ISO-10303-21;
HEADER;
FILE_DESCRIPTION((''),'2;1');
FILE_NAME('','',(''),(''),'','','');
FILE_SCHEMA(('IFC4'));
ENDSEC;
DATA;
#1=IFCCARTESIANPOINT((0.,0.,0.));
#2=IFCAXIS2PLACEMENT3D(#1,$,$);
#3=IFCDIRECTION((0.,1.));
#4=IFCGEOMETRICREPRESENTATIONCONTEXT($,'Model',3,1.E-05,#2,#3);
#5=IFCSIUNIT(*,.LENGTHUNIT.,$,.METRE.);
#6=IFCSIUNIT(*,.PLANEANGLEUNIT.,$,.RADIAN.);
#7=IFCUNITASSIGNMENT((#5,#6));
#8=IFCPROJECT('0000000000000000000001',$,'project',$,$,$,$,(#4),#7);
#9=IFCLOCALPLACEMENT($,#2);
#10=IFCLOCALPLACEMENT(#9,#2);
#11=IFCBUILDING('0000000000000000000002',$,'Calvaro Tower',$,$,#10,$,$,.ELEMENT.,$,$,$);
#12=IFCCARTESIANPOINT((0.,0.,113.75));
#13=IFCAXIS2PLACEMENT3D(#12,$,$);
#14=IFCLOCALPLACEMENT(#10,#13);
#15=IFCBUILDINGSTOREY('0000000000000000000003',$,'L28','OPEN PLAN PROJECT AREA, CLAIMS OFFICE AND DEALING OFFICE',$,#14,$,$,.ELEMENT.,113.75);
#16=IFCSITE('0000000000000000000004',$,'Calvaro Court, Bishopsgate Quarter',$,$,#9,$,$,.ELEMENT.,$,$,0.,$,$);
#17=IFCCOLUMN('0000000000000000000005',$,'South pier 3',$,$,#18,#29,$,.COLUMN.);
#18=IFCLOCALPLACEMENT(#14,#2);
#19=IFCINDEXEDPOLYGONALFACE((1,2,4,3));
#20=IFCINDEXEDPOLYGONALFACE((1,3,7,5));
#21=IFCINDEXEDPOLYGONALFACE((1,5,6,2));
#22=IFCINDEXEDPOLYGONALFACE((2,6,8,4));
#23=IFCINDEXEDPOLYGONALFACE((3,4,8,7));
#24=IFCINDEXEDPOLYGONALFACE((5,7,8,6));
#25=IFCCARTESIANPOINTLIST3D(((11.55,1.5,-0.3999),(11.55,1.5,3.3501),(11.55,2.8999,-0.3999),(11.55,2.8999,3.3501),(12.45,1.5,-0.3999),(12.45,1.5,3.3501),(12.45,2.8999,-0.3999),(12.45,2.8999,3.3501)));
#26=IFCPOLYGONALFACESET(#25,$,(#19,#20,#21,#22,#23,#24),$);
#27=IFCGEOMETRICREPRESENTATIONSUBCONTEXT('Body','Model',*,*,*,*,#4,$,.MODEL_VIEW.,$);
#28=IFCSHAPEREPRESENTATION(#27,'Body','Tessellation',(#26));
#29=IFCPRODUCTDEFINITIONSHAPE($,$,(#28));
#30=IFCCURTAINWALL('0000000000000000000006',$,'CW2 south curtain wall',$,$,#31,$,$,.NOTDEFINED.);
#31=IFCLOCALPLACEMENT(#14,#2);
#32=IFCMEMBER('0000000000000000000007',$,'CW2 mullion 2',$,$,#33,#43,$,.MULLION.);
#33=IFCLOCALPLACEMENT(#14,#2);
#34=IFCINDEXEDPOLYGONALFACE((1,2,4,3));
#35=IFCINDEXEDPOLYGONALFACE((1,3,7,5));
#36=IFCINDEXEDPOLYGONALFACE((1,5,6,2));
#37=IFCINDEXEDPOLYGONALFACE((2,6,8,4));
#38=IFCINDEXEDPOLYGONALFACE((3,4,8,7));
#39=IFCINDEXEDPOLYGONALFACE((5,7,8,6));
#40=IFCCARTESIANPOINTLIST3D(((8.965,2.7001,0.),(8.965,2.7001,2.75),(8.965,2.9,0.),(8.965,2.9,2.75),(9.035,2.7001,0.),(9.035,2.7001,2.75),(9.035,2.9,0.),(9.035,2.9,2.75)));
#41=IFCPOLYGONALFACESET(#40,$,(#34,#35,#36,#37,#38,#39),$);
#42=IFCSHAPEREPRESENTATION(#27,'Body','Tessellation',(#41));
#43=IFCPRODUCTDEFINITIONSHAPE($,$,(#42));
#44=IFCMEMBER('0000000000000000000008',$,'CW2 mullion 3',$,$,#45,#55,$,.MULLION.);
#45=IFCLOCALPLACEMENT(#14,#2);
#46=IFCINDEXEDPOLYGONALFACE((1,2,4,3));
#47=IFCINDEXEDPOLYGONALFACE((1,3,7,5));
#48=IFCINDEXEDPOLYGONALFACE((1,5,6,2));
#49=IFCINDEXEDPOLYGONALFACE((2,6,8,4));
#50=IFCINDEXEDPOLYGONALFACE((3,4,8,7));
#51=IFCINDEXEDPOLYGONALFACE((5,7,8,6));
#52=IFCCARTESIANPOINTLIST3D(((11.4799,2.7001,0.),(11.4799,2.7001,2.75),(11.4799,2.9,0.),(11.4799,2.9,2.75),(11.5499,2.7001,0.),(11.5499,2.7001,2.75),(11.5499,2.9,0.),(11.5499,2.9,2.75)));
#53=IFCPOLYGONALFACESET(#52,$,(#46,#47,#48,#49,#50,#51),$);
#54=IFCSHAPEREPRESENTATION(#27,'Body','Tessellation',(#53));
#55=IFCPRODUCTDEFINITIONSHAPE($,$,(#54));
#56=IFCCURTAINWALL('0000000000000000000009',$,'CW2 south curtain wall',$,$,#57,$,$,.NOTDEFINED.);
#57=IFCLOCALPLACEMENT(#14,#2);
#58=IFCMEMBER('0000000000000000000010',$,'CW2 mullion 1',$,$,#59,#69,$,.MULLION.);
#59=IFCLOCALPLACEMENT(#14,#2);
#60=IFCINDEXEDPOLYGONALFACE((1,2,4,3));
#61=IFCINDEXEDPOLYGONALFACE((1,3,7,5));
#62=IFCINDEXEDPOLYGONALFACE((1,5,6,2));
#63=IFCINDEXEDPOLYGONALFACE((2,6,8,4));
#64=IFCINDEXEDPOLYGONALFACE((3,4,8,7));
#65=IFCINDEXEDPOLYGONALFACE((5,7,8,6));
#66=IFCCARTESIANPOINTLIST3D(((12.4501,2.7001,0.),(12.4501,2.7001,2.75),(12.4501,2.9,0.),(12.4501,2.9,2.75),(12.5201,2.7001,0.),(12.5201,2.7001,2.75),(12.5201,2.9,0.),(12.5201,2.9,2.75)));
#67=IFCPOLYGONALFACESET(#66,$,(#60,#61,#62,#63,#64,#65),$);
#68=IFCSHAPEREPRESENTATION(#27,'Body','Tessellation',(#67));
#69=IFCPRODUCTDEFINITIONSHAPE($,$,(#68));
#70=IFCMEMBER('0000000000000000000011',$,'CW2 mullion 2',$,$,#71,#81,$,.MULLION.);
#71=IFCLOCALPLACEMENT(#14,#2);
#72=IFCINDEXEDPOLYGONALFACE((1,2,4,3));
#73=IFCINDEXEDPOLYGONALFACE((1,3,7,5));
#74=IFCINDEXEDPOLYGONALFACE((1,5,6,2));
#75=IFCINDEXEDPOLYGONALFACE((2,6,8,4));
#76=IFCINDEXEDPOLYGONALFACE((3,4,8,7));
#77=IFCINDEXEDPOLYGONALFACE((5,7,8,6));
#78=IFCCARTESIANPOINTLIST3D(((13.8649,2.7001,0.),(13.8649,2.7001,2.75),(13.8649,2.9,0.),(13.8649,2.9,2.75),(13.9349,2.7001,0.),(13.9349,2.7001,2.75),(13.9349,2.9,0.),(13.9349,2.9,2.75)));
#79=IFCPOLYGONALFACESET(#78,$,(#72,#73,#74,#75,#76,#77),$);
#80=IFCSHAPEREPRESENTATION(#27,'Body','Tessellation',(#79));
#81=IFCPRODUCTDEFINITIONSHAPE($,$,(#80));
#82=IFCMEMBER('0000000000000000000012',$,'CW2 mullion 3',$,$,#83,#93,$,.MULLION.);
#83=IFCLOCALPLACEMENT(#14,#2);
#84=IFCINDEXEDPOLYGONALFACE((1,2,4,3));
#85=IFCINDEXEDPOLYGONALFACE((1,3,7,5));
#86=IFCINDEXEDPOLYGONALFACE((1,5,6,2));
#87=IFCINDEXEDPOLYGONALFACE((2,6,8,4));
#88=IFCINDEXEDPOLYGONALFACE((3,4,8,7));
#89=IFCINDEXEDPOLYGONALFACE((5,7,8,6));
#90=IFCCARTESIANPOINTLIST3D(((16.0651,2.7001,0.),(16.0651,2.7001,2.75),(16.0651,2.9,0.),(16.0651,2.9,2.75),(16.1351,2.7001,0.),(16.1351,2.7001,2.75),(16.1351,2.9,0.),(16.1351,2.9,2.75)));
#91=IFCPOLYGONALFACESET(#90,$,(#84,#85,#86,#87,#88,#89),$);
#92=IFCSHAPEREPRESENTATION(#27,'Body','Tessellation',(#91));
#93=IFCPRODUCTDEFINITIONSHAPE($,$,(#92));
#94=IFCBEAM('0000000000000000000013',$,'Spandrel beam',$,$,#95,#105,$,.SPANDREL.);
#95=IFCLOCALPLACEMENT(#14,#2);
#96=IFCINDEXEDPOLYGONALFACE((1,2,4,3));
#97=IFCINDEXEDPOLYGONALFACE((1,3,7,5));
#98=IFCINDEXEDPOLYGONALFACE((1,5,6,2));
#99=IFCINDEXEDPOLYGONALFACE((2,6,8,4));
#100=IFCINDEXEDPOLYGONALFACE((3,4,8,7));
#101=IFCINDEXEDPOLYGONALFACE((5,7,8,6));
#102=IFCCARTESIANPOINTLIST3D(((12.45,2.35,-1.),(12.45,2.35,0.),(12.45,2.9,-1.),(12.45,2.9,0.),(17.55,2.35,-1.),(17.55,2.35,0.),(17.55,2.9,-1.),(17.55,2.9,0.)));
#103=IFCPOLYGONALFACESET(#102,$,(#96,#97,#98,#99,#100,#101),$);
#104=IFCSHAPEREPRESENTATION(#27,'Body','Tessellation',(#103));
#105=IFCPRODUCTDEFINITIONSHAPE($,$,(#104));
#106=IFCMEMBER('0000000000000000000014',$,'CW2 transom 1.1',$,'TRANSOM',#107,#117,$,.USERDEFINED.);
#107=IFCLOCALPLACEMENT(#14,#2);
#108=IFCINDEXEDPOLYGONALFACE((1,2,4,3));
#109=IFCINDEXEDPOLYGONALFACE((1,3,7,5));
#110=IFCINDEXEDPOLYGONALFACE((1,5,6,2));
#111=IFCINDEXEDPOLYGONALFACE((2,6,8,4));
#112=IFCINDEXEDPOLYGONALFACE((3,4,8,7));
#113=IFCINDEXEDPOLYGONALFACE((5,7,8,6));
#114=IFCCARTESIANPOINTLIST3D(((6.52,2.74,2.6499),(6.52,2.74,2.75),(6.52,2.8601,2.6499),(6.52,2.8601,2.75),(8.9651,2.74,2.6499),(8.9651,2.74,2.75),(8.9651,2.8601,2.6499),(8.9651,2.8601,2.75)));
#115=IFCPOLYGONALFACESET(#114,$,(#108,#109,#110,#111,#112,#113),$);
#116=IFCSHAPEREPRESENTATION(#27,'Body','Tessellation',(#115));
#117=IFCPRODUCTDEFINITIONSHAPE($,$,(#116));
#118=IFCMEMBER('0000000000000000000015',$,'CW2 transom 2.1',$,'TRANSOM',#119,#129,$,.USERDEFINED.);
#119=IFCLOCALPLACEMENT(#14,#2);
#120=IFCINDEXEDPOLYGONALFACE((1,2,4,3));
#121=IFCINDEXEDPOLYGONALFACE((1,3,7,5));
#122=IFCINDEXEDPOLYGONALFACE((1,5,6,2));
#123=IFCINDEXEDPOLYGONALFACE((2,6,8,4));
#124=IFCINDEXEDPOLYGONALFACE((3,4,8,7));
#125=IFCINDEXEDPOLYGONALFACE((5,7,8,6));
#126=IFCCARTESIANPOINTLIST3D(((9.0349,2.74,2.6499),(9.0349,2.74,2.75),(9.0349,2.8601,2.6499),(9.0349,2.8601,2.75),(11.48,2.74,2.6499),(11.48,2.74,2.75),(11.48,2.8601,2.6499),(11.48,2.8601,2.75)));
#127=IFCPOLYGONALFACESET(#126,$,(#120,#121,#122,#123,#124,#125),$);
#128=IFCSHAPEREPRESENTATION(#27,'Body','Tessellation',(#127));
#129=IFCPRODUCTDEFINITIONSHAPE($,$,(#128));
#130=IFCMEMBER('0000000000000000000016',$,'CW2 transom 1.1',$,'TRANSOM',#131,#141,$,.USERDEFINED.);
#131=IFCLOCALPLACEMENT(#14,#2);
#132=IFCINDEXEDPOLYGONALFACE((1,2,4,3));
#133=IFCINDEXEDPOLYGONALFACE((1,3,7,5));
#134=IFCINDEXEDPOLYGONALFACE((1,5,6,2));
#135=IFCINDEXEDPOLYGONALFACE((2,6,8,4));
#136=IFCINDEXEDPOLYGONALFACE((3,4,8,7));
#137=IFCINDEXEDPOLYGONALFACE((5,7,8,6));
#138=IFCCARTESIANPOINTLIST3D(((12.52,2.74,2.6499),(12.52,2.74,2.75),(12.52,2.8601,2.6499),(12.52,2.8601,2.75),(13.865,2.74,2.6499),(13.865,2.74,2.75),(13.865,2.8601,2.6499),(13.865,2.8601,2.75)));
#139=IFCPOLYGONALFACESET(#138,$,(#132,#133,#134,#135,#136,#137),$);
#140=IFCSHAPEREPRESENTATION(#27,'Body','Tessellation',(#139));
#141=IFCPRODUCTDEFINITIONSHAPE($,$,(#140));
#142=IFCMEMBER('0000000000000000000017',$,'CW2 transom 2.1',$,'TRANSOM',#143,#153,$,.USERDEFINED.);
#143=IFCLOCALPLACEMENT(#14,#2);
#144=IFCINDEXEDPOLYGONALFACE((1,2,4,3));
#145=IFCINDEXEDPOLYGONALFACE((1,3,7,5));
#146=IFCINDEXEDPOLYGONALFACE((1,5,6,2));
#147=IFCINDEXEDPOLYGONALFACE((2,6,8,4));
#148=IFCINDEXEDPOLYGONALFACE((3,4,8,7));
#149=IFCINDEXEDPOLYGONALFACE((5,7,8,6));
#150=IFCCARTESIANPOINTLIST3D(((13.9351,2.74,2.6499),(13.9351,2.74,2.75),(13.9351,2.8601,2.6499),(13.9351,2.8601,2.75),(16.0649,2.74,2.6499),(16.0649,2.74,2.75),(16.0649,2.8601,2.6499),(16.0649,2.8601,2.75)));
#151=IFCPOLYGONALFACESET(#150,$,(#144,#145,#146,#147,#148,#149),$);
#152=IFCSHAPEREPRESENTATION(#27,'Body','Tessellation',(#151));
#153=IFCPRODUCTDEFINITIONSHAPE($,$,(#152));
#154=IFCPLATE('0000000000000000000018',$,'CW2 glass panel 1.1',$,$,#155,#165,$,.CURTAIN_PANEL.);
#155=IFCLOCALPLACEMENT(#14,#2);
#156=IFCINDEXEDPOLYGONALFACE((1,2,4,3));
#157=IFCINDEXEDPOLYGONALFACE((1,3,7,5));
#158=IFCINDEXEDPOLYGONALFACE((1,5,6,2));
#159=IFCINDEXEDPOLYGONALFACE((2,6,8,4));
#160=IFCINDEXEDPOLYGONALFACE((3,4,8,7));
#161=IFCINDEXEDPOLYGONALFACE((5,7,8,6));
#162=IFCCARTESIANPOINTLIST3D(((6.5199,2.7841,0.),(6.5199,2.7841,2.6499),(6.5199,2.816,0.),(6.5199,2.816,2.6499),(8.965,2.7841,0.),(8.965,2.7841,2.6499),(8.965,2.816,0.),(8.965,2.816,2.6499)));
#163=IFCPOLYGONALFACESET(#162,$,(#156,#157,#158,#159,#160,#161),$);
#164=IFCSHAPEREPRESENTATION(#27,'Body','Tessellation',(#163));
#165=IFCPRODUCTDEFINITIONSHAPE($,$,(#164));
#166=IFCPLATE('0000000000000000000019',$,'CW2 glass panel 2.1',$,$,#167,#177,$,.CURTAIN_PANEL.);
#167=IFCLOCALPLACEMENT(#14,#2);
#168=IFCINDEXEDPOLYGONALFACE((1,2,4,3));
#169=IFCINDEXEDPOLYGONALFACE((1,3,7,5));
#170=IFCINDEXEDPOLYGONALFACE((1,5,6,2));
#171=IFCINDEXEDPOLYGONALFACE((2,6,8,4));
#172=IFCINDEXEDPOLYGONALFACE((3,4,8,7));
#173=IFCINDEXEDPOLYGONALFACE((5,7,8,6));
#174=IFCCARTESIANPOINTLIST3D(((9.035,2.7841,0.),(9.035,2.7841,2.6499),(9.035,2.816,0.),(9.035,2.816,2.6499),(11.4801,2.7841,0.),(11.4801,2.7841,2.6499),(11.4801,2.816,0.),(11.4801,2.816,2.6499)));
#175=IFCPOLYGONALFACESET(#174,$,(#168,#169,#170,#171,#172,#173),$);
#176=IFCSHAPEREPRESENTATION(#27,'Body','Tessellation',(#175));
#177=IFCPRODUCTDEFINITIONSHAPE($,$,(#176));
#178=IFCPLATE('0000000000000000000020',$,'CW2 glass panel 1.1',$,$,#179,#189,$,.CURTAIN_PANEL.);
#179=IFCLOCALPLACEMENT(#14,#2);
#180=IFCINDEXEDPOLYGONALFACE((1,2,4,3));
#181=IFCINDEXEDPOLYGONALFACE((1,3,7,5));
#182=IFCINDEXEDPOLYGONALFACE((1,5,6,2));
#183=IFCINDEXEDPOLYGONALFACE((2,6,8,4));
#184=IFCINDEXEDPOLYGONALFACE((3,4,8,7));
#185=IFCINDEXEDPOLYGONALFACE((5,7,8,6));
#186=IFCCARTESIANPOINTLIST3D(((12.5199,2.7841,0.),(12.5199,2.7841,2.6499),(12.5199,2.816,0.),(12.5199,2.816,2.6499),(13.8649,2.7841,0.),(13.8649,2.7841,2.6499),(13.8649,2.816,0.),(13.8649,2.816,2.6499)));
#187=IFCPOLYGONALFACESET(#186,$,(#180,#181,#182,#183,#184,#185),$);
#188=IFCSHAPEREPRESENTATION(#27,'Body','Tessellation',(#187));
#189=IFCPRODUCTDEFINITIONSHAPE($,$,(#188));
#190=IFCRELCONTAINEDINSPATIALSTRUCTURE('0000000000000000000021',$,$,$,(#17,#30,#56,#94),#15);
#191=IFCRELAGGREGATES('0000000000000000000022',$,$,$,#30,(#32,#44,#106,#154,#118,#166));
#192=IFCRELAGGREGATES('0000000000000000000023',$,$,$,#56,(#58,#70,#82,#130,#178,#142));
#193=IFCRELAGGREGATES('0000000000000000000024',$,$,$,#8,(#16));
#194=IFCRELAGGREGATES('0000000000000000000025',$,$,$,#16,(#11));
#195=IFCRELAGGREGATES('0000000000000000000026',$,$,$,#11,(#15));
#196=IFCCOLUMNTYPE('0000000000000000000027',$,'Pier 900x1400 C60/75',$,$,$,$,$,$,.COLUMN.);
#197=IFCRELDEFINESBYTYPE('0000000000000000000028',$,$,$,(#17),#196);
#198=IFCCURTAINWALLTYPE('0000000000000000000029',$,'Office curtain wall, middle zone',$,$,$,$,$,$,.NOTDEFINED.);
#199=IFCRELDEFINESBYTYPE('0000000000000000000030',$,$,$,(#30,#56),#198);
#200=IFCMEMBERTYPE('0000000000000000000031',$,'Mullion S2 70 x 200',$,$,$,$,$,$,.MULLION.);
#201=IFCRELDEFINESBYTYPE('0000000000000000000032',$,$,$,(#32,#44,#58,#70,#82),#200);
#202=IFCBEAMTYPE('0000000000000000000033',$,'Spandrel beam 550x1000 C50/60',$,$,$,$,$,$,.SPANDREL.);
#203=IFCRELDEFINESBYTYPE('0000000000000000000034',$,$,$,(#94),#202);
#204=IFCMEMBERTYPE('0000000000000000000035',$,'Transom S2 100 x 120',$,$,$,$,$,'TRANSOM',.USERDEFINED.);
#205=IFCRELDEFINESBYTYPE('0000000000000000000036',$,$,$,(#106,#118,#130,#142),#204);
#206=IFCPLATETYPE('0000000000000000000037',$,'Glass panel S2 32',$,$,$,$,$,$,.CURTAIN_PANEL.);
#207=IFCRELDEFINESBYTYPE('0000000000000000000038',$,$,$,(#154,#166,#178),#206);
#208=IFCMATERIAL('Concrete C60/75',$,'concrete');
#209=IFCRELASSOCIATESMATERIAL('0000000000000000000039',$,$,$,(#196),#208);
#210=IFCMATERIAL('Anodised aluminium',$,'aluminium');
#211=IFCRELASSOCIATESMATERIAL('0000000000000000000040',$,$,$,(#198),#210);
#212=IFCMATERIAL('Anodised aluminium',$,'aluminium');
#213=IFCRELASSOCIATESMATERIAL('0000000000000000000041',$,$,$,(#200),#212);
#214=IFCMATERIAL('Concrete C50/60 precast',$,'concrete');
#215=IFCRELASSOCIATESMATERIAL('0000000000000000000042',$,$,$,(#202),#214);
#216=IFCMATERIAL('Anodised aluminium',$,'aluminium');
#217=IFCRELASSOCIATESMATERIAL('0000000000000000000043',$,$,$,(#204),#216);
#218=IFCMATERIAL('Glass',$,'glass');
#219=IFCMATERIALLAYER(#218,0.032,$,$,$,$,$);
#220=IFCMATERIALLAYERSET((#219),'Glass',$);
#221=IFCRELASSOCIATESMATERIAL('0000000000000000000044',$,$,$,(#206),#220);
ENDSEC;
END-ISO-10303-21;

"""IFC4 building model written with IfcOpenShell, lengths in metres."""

from ifc_helpers import new_model, si_unit, direction, frame, origin, origin_2d, place, context, subcontext, project, spatial, rectangle, extrude, material, layer, layer_set, material_profile, profile_set, type_object, element, aggregate, save


model = new_model("IFC4")

# Units and contexts
model_context = context("Model", 3, precision=1e-05, world=origin(), true_north=direction((0.0, 1.0)))
body_context = subcontext(model_context, "Body", "Model", "MODEL_VIEW")
ifc_project = project(units=[si_unit("LENGTHUNIT", "METRE"), si_unit("PLANEANGLEUNIT", "RADIAN")], contexts=[model_context])

# Site, building, storey
site_placement = place(None, origin())
site = spatial("IfcSite", under=ifc_project, at=site_placement, Name="Calvaro Court, Bishopsgate Quarter", CompositionType="ELEMENT", RefElevation=0.0)
building_placement = place(site_placement, origin())
building = spatial("IfcBuilding", under=site, at=building_placement, Name="Calvaro Tower", CompositionType="ELEMENT")
storey_placement = place(building_placement, frame((0.0, 0.0, 113.75)))
storey = spatial("IfcBuildingStorey", under=building, at=storey_placement, Name="L28", Description="OPEN PLAN PROJECT AREA, CLAIMS OFFICE AND DEALING OFFICE", CompositionType="ELEMENT", Elevation=113.75)

# Column
ifc_material_1 = material(Name="Concrete C60/75", Category="concrete")
ifc_material_profile_1 = material_profile(ifc_material_1, rectangle(XDim=0.8999, YDim=1.3999, at=origin_2d()), Name="RC 900x1400")
ifc_profile_set_1 = profile_set([ifc_material_profile_1], Name="Concrete C60/75")
column_type = type_object("IfcColumnType", Name="Pier 900x1400 C60/75", PredefinedType="COLUMN", material=ifc_profile_set_1)
column_placement = place(storey_placement, frame((12.0, 2.2, -0.3999), z_axis=(0.0, 0.0, 1.0), x_axis=(1.0, 0.0, 0.0)))
element("IfcColumn", 1, at=column_placement, inside=storey, type_object=column_type, Name="South pier 3", PredefinedType="COLUMN", context=body_context, shape_type="SweptSolid", body=[
    extrude(rectangle(XDim=0.8999, YDim=1.3999, at=origin_2d()), origin(), (0.0, 0.0, 1.0), 3.75),
])

# Curtain walls, members
ifc_material_2 = material(Name="Anodised aluminium", Category="aluminium")
curtain_wall_type = type_object("IfcCurtainWallType", Name="Office curtain wall, middle zone", PredefinedType="NOTDEFINED", material=ifc_material_2)
curtain_wall_1_placement = place(storey_placement, origin())
curtain_wall_1 = element("IfcCurtainWall", 2, at=curtain_wall_1_placement, inside=storey, type_object=curtain_wall_type, Name="CW2 south curtain wall", PredefinedType="NOTDEFINED")
ifc_material_3 = material(Name="Anodised aluminium", Category="aluminium")
ifc_material_profile_2 = material_profile(ifc_material_3, rectangle(XDim=0.2, YDim=0.0701, at=origin_2d()), Name="Mullion S2 70 x 200")
ifc_profile_set_2 = profile_set([ifc_material_profile_2], Name="Anodised aluminium")
member_type_1 = type_object("IfcMemberType", Name="Mullion S2 70 x 200", PredefinedType="MULLION", material=ifc_profile_set_2)
member_1_placement = place(storey_placement, frame((9.0, 2.8, 0.0), z_axis=(0.0, 0.0, 1.0), x_axis=(0.0, 1.0, 0.0)))
member_1 = element("IfcMember", 3, at=member_1_placement, type_object=member_type_1, Name="CW2 mullion 2", PredefinedType="MULLION", context=body_context, shape_type="SweptSolid", body=[
    extrude(rectangle(XDim=0.2, YDim=0.0701, at=origin_2d()), origin(), (0.0, 0.0, 1.0), 2.75),
])
member_2_placement = place(storey_placement, frame((11.5149, 2.8, 0.0), z_axis=(0.0, 0.0, 1.0), x_axis=(0.0, 1.0, 0.0)))
member_2 = element("IfcMember", 4, at=member_2_placement, type_object=member_type_1, Name="CW2 mullion 3", PredefinedType="MULLION", context=body_context, shape_type="SweptSolid", body=[
    extrude(rectangle(XDim=0.2, YDim=0.0701, at=origin_2d()), origin(), (0.0, 0.0, 1.0), 2.75),
])
curtain_wall_2_placement = place(storey_placement, origin())
curtain_wall_2 = element("IfcCurtainWall", 5, at=curtain_wall_2_placement, inside=storey, type_object=curtain_wall_type, Name="CW2 south curtain wall", PredefinedType="NOTDEFINED")
member_3_placement = place(storey_placement, frame((12.4851, 2.8, 0.0), z_axis=(0.0, 0.0, 1.0), x_axis=(0.0, 1.0, 0.0)))
member_3 = element("IfcMember", 6, at=member_3_placement, type_object=member_type_1, Name="CW2 mullion 1", PredefinedType="MULLION", context=body_context, shape_type="SweptSolid", body=[
    extrude(rectangle(XDim=0.2, YDim=0.0701, at=origin_2d()), origin(), (0.0, 0.0, 1.0), 2.75),
])
member_4_placement = place(storey_placement, frame((13.8999, 2.8, 0.0), z_axis=(0.0, 0.0, 1.0), x_axis=(0.0, 1.0, 0.0)))
member_4 = element("IfcMember", 7, at=member_4_placement, type_object=member_type_1, Name="CW2 mullion 2", PredefinedType="MULLION", context=body_context, shape_type="SweptSolid", body=[
    extrude(rectangle(XDim=0.2, YDim=0.0701, at=origin_2d()), origin(), (0.0, 0.0, 1.0), 2.75),
])
member_5_placement = place(storey_placement, frame((16.1001, 2.8, 0.0), z_axis=(0.0, 0.0, 1.0), x_axis=(0.0, 1.0, 0.0)))
member_5 = element("IfcMember", 8, at=member_5_placement, type_object=member_type_1, Name="CW2 mullion 3", PredefinedType="MULLION", context=body_context, shape_type="SweptSolid", body=[
    extrude(rectangle(XDim=0.2, YDim=0.0701, at=origin_2d()), origin(), (0.0, 0.0, 1.0), 2.75),
])

# Beam
ifc_material_4 = material(Name="Concrete C50/60 precast", Category="concrete")
ifc_material_profile_3 = material_profile(ifc_material_4, rectangle(XDim=0.55, YDim=1.0, at=origin_2d()), Name="RC 550x1000")
ifc_profile_set_3 = profile_set([ifc_material_profile_3], Name="Concrete C50/60 precast")
beam_type = type_object("IfcBeamType", Name="Spandrel beam 550x1000 C50/60", PredefinedType="SPANDREL", material=ifc_profile_set_3)
beam_placement = place(storey_placement, frame((12.45, 2.625, -0.5), z_axis=(1.0, 0.0, 0.0), x_axis=(0.0, 1.0, 0.0)))
element("IfcBeam", 9, at=beam_placement, inside=storey, type_object=beam_type, Name="Spandrel beam", PredefinedType="SPANDREL", context=body_context, shape_type="SweptSolid", body=[
    extrude(rectangle(XDim=0.55, YDim=1.0, at=origin_2d()), origin(), (0.0, 0.0, 1.0), 5.1001),
])

# Members
ifc_material_5 = material(Name="Anodised aluminium", Category="aluminium")
ifc_material_profile_4 = material_profile(ifc_material_5, rectangle(XDim=0.1201, YDim=0.1001, at=origin_2d()), Name="Transom S2 100 x 120")
ifc_profile_set_4 = profile_set([ifc_material_profile_4], Name="Anodised aluminium")
member_type_2 = type_object("IfcMemberType", Name="Transom S2 100 x 120", ElementType="TRANSOM", PredefinedType="USERDEFINED", material=ifc_profile_set_4)
member_6_placement = place(storey_placement, frame((6.52, 2.8, 2.7), z_axis=(1.0, 0.0, 0.0), x_axis=(0.0, 1.0, 0.0)))
member_6 = element("IfcMember", 10, at=member_6_placement, type_object=member_type_2, Name="CW2 transom 1.1", ObjectType="TRANSOM", PredefinedType="USERDEFINED", context=body_context, shape_type="SweptSolid", body=[
    extrude(rectangle(XDim=0.1201, YDim=0.1001, at=origin_2d()), origin(), (0.0, 0.0, 1.0), 2.4451),
])
member_7_placement = place(storey_placement, frame((9.0349, 2.8, 2.7), z_axis=(1.0, 0.0, 0.0), x_axis=(0.0, 1.0, 0.0)))
member_7 = element("IfcMember", 11, at=member_7_placement, type_object=member_type_2, Name="CW2 transom 2.1", ObjectType="TRANSOM", PredefinedType="USERDEFINED", context=body_context, shape_type="SweptSolid", body=[
    extrude(rectangle(XDim=0.1201, YDim=0.1001, at=origin_2d()), origin(), (0.0, 0.0, 1.0), 2.4451),
])
member_8_placement = place(storey_placement, frame((12.52, 2.8, 2.7), z_axis=(1.0, 0.0, 0.0), x_axis=(0.0, 1.0, 0.0)))
member_8 = element("IfcMember", 12, at=member_8_placement, type_object=member_type_2, Name="CW2 transom 1.1", ObjectType="TRANSOM", PredefinedType="USERDEFINED", context=body_context, shape_type="SweptSolid", body=[
    extrude(rectangle(XDim=0.1201, YDim=0.1001, at=origin_2d()), origin(), (0.0, 0.0, 1.0), 1.345),
])
member_9_placement = place(storey_placement, frame((13.9351, 2.8, 2.7), z_axis=(1.0, 0.0, 0.0), x_axis=(0.0, 1.0, 0.0)))
member_9 = element("IfcMember", 13, at=member_9_placement, type_object=member_type_2, Name="CW2 transom 2.1", ObjectType="TRANSOM", PredefinedType="USERDEFINED", context=body_context, shape_type="SweptSolid", body=[
    extrude(rectangle(XDim=0.1201, YDim=0.1001, at=origin_2d()), origin(), (0.0, 0.0, 1.0), 2.1299),
])

# Plates
ifc_material_6 = material(Name="Glass", Category="glass")
ifc_layer_1 = layer(ifc_material_6, 0.032)
ifc_layer_set_1 = layer_set([ifc_layer_1], Name="Glass")
plate_type = type_object("IfcPlateType", Name="Glass panel S2 32", PredefinedType="CURTAIN_PANEL", material=ifc_layer_set_1)
plate_1_placement = place(storey_placement, frame((7.7424, 2.8, 0.0), z_axis=(0.0, 0.0, 1.0), x_axis=(1.0, 0.0, 0.0)))
plate_1 = element("IfcPlate", 14, at=plate_1_placement, type_object=plate_type, Name="CW2 glass panel 1.1", PredefinedType="CURTAIN_PANEL", context=body_context, shape_type="SweptSolid", body=[
    extrude(rectangle(XDim=2.4451, YDim=0.032, at=origin_2d()), origin(), (0.0, 0.0, 1.0), 2.6499),
])
plate_2_placement = place(storey_placement, frame((10.2576, 2.8, 0.0), z_axis=(0.0, 0.0, 1.0), x_axis=(1.0, 0.0, 0.0)))
plate_2 = element("IfcPlate", 15, at=plate_2_placement, type_object=plate_type, Name="CW2 glass panel 2.1", PredefinedType="CURTAIN_PANEL", context=body_context, shape_type="SweptSolid", body=[
    extrude(rectangle(XDim=2.4451, YDim=0.032, at=origin_2d()), origin(), (0.0, 0.0, 1.0), 2.6499),
])
aggregate(curtain_wall_1, [member_1, member_2, member_6, plate_1, member_7, plate_2])
plate_3_placement = place(storey_placement, frame((13.1924, 2.8, 0.0), z_axis=(0.0, 0.0, 1.0), x_axis=(1.0, 0.0, 0.0)))
plate_3 = element("IfcPlate", 16, at=plate_3_placement, type_object=plate_type, Name="CW2 glass panel 1.1", PredefinedType="CURTAIN_PANEL", context=body_context, shape_type="SweptSolid", body=[
    extrude(rectangle(XDim=1.345, YDim=0.032, at=origin_2d()), origin(), (0.0, 0.0, 1.0), 2.6499),
])
aggregate(curtain_wall_2, [member_3, member_4, member_5, member_8, plate_3, member_9])

save(model, "model.ifc")
